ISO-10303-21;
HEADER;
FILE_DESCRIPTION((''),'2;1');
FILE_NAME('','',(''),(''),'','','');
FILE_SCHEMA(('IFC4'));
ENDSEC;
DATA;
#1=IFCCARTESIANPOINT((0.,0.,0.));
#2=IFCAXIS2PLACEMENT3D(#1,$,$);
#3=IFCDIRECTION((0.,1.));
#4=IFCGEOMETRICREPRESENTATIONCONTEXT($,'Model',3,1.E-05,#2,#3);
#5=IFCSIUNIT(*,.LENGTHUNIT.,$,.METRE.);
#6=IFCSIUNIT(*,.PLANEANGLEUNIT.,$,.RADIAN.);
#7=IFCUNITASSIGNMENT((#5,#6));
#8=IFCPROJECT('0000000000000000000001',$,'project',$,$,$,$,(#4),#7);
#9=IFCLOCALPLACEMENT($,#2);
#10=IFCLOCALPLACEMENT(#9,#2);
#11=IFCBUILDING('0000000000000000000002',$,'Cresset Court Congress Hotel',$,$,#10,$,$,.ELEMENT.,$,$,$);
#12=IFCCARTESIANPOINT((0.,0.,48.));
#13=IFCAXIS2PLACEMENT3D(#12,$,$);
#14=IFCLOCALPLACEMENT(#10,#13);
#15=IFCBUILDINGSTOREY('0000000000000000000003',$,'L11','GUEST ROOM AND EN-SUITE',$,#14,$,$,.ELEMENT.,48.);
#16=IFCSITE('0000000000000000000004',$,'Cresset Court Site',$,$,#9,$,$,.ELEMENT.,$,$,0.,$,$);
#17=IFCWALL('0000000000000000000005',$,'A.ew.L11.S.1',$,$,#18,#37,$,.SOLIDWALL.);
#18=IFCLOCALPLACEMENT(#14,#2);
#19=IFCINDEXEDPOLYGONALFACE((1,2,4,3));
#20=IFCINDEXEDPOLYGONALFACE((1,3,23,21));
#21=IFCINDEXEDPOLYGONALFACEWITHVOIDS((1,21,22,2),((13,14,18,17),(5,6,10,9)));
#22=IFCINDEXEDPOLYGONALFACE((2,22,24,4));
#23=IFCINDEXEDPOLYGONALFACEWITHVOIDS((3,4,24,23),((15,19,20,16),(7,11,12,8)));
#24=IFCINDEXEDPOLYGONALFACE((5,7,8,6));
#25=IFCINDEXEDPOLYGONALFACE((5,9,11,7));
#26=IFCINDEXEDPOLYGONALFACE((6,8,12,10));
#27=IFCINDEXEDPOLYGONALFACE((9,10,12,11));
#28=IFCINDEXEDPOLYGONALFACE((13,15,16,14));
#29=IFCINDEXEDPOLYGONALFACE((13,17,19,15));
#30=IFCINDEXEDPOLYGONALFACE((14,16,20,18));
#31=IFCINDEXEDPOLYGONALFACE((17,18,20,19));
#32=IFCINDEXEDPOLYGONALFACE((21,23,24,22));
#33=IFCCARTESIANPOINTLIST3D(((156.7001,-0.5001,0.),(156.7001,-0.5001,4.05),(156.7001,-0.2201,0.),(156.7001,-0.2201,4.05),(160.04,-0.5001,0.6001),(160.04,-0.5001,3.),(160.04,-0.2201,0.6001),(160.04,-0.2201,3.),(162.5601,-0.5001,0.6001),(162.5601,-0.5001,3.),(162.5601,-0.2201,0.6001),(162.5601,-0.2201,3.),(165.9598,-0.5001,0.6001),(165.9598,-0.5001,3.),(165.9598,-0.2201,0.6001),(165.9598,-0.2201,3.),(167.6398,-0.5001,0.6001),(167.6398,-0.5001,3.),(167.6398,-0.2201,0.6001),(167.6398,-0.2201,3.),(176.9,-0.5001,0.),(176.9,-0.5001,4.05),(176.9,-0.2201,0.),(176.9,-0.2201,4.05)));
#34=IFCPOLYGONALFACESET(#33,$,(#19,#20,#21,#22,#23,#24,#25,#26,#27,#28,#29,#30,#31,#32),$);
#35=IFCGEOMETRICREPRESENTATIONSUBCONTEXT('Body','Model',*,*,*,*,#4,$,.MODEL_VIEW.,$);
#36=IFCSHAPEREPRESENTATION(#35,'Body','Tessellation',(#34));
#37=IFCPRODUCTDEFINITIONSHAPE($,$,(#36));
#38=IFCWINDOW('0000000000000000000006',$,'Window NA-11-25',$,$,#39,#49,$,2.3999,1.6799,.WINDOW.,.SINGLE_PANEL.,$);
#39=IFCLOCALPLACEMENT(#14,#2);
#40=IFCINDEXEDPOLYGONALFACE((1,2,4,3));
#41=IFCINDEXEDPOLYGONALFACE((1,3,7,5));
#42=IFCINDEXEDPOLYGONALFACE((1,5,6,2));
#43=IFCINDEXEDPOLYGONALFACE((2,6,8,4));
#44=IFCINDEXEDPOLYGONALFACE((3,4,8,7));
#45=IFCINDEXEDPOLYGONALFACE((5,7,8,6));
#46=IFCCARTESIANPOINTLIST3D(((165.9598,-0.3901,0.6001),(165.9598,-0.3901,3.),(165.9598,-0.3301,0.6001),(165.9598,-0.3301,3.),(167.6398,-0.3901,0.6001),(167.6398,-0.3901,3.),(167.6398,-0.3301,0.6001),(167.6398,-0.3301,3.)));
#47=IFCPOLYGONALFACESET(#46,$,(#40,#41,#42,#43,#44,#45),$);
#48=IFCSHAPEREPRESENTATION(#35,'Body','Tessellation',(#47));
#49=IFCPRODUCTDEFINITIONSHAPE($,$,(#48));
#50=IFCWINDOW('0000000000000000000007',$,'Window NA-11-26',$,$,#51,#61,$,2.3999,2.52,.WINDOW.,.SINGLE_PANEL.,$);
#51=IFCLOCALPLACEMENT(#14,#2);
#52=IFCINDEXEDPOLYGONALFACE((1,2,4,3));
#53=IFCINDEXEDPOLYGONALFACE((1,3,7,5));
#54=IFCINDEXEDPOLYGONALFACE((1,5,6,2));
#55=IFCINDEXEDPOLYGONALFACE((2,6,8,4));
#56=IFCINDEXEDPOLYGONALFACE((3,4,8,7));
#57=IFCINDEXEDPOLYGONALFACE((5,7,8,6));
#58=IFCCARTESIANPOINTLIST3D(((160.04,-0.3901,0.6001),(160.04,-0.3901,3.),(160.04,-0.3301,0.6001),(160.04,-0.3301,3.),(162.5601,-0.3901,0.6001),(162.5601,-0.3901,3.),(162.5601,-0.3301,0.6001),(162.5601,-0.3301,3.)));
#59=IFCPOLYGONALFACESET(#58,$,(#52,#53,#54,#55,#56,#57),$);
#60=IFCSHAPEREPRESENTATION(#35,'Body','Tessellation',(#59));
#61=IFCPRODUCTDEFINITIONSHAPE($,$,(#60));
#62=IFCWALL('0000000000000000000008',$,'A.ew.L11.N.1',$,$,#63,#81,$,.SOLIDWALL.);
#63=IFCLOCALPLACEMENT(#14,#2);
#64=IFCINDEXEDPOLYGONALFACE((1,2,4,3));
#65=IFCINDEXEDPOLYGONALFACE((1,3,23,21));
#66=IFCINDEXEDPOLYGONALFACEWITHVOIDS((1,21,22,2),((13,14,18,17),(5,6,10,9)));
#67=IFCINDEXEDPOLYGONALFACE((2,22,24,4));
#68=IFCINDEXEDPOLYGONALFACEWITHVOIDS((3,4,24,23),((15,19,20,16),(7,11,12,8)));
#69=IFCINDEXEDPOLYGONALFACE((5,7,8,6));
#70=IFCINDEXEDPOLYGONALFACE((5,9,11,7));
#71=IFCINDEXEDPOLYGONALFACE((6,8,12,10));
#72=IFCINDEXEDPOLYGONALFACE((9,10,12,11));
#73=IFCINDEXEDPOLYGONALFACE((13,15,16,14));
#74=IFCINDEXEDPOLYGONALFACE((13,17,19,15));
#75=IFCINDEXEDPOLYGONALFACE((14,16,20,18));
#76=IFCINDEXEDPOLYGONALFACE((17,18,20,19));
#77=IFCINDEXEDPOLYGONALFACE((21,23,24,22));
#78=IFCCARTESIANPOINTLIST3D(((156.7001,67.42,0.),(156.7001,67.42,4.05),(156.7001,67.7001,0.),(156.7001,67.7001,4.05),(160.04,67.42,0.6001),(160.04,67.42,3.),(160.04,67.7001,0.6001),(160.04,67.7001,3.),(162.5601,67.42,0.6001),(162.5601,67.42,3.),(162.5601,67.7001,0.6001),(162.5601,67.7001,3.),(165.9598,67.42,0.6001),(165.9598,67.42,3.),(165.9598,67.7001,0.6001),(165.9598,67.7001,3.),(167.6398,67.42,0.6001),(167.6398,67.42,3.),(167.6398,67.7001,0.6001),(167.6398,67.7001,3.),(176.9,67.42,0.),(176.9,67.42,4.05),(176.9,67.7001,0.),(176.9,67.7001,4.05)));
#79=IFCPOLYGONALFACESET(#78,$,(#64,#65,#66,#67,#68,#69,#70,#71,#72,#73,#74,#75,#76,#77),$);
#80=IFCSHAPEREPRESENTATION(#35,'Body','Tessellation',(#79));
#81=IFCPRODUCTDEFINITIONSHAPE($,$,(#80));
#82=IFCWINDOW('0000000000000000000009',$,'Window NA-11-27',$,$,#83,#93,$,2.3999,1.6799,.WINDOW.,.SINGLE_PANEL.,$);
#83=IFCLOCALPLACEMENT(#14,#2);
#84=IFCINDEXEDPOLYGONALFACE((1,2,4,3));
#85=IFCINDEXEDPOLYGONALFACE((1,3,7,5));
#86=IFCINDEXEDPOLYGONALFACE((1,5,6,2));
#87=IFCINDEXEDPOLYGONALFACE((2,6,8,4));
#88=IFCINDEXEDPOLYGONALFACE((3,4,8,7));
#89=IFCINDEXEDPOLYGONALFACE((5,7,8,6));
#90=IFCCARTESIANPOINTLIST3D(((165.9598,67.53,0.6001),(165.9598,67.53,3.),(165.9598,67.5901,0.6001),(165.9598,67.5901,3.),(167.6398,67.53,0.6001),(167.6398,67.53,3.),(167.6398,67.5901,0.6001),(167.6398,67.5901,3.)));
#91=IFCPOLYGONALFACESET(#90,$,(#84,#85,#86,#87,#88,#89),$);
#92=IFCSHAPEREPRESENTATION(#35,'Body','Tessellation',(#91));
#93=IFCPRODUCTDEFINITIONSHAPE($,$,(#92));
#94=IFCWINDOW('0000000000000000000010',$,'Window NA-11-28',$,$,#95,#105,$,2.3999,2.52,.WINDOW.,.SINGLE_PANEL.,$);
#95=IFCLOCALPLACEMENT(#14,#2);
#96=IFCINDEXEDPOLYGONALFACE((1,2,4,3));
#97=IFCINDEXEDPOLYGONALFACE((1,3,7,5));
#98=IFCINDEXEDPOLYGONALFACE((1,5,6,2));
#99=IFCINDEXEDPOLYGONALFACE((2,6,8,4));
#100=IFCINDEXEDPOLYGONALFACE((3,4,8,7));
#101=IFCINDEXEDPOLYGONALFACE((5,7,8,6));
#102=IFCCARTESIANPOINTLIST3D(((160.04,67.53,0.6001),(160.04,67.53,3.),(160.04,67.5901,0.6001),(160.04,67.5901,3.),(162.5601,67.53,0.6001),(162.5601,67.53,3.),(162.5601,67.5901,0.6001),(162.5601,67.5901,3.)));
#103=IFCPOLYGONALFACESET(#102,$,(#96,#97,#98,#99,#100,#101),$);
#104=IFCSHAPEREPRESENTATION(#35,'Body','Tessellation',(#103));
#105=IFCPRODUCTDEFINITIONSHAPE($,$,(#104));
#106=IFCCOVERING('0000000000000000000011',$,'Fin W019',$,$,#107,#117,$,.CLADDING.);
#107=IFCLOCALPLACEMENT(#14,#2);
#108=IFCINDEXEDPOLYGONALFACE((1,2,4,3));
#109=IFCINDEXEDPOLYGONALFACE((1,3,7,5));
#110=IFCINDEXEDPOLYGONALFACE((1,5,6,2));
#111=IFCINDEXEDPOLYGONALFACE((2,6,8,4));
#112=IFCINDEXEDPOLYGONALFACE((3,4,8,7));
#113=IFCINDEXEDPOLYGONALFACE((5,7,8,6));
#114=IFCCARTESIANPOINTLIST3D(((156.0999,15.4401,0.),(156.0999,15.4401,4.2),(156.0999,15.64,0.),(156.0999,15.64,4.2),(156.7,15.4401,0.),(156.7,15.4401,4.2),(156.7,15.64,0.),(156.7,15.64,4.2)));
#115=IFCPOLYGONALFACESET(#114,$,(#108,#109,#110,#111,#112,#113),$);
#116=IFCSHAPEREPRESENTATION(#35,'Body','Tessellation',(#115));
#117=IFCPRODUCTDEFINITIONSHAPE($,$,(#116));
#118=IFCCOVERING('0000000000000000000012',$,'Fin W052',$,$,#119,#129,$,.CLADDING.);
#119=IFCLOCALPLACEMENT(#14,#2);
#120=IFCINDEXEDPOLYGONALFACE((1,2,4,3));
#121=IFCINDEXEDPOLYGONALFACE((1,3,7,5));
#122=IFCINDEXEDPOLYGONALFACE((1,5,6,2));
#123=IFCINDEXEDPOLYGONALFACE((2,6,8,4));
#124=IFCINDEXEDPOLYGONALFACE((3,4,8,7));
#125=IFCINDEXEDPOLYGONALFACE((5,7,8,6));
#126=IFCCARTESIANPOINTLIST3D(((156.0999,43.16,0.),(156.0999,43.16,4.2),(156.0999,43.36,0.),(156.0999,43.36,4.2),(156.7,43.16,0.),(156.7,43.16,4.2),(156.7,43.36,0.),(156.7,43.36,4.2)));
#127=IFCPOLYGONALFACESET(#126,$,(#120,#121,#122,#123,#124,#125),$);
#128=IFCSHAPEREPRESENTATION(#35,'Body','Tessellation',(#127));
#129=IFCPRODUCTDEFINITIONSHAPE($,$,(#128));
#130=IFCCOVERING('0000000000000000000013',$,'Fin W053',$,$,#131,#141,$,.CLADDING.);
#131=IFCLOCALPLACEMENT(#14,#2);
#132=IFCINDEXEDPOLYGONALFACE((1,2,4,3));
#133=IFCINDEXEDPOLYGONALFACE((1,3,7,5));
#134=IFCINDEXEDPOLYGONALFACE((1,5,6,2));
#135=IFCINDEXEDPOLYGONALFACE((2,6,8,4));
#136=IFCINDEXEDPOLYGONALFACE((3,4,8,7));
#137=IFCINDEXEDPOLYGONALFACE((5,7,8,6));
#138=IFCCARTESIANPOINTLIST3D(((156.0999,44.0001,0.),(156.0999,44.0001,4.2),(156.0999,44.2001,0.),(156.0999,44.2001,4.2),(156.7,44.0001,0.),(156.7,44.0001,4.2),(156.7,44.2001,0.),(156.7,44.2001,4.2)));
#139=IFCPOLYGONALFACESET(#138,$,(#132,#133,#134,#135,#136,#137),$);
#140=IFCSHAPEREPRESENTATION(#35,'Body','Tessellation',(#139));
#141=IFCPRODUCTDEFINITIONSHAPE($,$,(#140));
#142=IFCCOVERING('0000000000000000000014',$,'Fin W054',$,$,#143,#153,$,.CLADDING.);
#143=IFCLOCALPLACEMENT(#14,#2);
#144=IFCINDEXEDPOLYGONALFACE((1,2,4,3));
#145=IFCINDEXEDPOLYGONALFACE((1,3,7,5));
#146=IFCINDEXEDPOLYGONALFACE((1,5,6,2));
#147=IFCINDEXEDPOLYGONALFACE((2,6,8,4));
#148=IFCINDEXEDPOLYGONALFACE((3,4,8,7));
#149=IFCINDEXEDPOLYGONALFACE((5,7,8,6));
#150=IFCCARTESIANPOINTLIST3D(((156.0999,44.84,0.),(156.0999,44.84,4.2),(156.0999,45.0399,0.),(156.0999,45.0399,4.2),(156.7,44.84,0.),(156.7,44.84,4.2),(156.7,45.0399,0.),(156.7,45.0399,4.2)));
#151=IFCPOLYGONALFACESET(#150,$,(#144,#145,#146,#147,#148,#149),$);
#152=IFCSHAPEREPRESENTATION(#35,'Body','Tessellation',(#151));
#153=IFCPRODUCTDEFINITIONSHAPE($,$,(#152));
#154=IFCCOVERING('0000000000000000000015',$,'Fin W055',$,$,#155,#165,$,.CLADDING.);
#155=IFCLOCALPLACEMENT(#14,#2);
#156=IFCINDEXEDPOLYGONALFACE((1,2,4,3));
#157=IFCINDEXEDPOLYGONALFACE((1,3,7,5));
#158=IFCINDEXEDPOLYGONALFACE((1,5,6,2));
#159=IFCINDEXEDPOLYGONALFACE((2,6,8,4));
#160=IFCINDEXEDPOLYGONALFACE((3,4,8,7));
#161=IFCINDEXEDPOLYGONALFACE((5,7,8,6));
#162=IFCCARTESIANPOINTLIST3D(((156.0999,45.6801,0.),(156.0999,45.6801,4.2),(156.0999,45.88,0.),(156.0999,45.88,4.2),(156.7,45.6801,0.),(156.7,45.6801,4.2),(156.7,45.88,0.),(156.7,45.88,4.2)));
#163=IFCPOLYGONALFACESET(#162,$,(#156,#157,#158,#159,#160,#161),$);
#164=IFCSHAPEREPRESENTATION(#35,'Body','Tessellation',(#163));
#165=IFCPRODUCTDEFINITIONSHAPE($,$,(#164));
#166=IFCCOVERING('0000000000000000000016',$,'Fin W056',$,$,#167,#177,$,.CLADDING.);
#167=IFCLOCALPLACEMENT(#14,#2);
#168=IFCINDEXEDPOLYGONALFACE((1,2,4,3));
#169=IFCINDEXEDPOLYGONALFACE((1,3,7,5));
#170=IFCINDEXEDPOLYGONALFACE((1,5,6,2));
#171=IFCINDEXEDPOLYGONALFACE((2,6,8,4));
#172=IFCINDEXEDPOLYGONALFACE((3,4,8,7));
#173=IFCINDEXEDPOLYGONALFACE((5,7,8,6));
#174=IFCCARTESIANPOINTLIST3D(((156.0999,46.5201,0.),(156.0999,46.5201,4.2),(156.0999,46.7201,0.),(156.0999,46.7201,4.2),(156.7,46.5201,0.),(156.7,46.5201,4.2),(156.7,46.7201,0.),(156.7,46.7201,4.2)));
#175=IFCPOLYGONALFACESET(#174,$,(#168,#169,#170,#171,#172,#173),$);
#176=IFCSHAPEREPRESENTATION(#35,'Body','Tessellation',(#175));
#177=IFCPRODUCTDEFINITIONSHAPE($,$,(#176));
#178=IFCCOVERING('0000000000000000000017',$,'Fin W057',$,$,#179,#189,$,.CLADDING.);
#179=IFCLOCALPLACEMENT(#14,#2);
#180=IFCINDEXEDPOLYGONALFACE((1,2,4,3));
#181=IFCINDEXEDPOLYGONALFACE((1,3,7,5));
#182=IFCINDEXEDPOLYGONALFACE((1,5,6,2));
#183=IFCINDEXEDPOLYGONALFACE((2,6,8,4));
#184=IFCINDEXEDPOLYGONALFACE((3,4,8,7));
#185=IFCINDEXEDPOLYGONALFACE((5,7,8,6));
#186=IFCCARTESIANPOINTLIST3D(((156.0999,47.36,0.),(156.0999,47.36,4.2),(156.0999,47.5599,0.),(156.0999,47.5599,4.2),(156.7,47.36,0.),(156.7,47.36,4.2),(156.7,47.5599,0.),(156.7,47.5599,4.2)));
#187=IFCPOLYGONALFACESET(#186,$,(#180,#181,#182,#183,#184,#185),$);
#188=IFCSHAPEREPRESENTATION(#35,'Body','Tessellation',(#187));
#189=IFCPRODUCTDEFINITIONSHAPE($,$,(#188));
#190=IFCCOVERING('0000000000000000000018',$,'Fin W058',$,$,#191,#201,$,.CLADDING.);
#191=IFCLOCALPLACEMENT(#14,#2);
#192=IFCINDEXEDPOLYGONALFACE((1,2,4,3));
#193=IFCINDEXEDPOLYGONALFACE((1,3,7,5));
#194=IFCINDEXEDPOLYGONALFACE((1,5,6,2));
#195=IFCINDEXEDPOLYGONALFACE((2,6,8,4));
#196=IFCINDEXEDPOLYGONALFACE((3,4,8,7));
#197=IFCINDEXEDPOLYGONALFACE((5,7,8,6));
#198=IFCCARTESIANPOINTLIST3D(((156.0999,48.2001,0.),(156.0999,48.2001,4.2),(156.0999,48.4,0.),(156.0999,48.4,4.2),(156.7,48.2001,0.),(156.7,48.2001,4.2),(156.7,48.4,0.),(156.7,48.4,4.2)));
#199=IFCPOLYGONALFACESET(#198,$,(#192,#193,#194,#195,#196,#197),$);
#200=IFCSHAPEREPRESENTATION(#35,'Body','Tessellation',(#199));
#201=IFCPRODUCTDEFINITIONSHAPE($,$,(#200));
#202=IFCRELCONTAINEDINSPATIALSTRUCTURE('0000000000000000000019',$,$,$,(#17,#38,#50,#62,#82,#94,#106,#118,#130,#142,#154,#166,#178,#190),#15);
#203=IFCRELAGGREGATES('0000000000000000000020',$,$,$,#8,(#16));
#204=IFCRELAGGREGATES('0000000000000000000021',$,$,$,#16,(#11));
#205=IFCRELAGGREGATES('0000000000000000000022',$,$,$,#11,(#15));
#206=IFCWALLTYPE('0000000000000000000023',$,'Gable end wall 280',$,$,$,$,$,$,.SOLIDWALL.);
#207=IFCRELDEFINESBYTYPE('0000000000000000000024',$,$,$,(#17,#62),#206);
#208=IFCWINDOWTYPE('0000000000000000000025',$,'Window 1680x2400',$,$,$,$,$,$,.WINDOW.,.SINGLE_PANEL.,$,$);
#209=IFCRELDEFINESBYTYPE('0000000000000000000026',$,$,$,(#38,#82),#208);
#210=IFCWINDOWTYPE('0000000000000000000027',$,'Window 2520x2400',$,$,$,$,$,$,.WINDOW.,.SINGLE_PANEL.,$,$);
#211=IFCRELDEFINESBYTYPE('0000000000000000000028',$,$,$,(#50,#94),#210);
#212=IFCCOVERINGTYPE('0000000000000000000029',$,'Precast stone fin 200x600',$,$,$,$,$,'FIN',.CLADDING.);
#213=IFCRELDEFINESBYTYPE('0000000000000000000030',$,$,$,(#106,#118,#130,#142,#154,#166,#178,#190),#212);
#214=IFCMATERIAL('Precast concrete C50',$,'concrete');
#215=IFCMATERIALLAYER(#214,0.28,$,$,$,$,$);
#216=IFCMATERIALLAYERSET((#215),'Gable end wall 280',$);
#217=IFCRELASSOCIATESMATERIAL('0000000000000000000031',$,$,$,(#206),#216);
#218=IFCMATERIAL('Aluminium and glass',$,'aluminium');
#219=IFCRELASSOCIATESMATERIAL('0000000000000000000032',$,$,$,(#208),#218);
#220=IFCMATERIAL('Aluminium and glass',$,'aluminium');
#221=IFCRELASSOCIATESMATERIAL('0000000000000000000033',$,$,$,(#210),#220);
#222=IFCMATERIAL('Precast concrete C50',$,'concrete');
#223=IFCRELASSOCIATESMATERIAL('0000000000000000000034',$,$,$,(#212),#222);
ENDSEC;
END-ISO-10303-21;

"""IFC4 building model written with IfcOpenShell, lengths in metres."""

from ifc_helpers import new_model, si_unit, direction, frame, frame_2d, origin, origin_2d, place, context, subcontext, project, spatial, rectangle, extrude, material, layer, layer_set, type_object, element, fill, save


model = new_model("IFC4")

# Units and contexts
model_context = context("Model", 3, precision=1e-05, world=origin(), true_north=direction((0.0, 1.0)))
body_context = subcontext(model_context, "Body", "Model", "MODEL_VIEW")
ifc_project = project(units=[si_unit("LENGTHUNIT", "METRE"), si_unit("PLANEANGLEUNIT", "RADIAN")], contexts=[model_context])

# Site, building, storey
site_placement = place(None, origin())
site = spatial("IfcSite", under=ifc_project, at=site_placement, Name="Cresset Court Site", CompositionType="ELEMENT", RefElevation=0.0)
building_placement = place(site_placement, origin())
building = spatial("IfcBuilding", under=site, at=building_placement, Name="Cresset Court Congress Hotel", CompositionType="ELEMENT")
storey_placement = place(building_placement, frame((0.0, 0.0, 48.0)))
storey = spatial("IfcBuildingStorey", under=building, at=storey_placement, Name="L11", Description="GUEST ROOM AND EN-SUITE", CompositionType="ELEMENT", Elevation=48.0)

# Walls, openings, windows
ifc_material_1 = material(Name="Precast concrete C50", Category="concrete")
ifc_layer = layer(ifc_material_1, 0.28)
ifc_layer_set = layer_set([ifc_layer], Name="Gable end wall 280")
wall_type = type_object("IfcWallType", Name="Gable end wall 280", PredefinedType="SOLIDWALL", material=ifc_layer_set)
wall_1_placement = place(storey_placement, frame((156.7, -0.3601, 0.0), z_axis=(0.0, 0.0, 1.0), x_axis=(1.0, 0.0, 0.0)))
wall_1 = element("IfcWall", 1, at=wall_1_placement, inside=storey, type_object=wall_type, Name="A.ew.L11.S.1", PredefinedType="SOLIDWALL", context=body_context, shape_type="SweptSolid", body=[
    extrude(rectangle(XDim=20.2, YDim=0.28, at=frame_2d((10.1001, 0.0))), origin(), (0.0, 0.0, 1.0), 4.05),
])
opening_1_placement = place(wall_1_placement, frame((9.26, 0.0, 0.6001)))
opening_1 = element("IfcOpeningElement", 2, at=opening_1_placement, cuts=wall_1, PredefinedType="OPENING", context=body_context, shape_type="SweptSolid", body=[
    extrude(rectangle(XDim=1.6799, YDim=2.3999, at=frame_2d((0.8398, 1.2))), frame((0.0, 0.1499, 0.0), z_axis=(0.0, -1.0, 0.0), x_axis=(1.0, 0.0, 0.0)), (0.0, 0.0, 1.0), 0.3),
])
opening_2_placement = place(wall_1_placement, frame((3.3401, 0.0, 0.6001)))
opening_2 = element("IfcOpeningElement", 3, at=opening_2_placement, cuts=wall_1, PredefinedType="OPENING", context=body_context, shape_type="SweptSolid", body=[
    extrude(rectangle(XDim=2.52, YDim=2.3999, at=frame_2d((1.26, 1.2))), frame((0.0, 0.1499, 0.0), z_axis=(0.0, -1.0, 0.0), x_axis=(1.0, 0.0, 0.0)), (0.0, 0.0, 1.0), 0.3),
])
ifc_material_2 = material(Name="Aluminium and glass", Category="aluminium")
window_type_1 = type_object("IfcWindowType", Name="Window 1680x2400", PartitioningType="SINGLE_PANEL", PredefinedType="WINDOW", material=ifc_material_2)
window_1_placement = place(opening_1_placement, origin())
window_1 = element("IfcWindow", 4, at=window_1_placement, inside=storey, type_object=window_type_1, Name="Window NA-11-25", OverallHeight=2.3999, OverallWidth=1.6799, PartitioningType="SINGLE_PANEL", PredefinedType="WINDOW", context=body_context, shape_type="SweptSolid", body=[
    extrude(rectangle(XDim=1.6799, YDim=2.3999, at=frame_2d((0.8398, 1.2))), frame((0.0, 0.03, 0.0), z_axis=(0.0, -1.0, 0.0), x_axis=(1.0, 0.0, 0.0)), (0.0, 0.0, 1.0), 0.0601),
])
fill(opening_1, window_1)
ifc_material_3 = material(Name="Aluminium and glass", Category="aluminium")
window_type_2 = type_object("IfcWindowType", Name="Window 2520x2400", PartitioningType="SINGLE_PANEL", PredefinedType="WINDOW", material=ifc_material_3)
window_2_placement = place(opening_2_placement, origin())
window_2 = element("IfcWindow", 5, at=window_2_placement, inside=storey, type_object=window_type_2, Name="Window NA-11-26", OverallHeight=2.3999, OverallWidth=2.52, PartitioningType="SINGLE_PANEL", PredefinedType="WINDOW", context=body_context, shape_type="SweptSolid", body=[
    extrude(rectangle(XDim=2.52, YDim=2.3999, at=frame_2d((1.26, 1.2))), frame((0.0, 0.03, 0.0), z_axis=(0.0, -1.0, 0.0), x_axis=(1.0, 0.0, 0.0)), (0.0, 0.0, 1.0), 0.0601),
])
fill(opening_2, window_2)
wall_2_placement = place(storey_placement, frame((156.7, 67.5601, 0.0), z_axis=(0.0, 0.0, 1.0), x_axis=(1.0, 0.0, 0.0)))
wall_2 = element("IfcWall", 6, at=wall_2_placement, inside=storey, type_object=wall_type, Name="A.ew.L11.N.1", PredefinedType="SOLIDWALL", context=body_context, shape_type="SweptSolid", body=[
    extrude(rectangle(XDim=20.2, YDim=0.28, at=frame_2d((10.1001, 0.0))), origin(), (0.0, 0.0, 1.0), 4.05),
])
opening_3_placement = place(wall_2_placement, frame((9.26, 0.0, 0.6001)))
opening_3 = element("IfcOpeningElement", 7, at=opening_3_placement, cuts=wall_2, PredefinedType="OPENING", context=body_context, shape_type="SweptSolid", body=[
    extrude(rectangle(XDim=1.6799, YDim=2.3999, at=frame_2d((0.8398, 1.2))), frame((0.0, 0.1499, 0.0), z_axis=(0.0, -1.0, 0.0), x_axis=(1.0, 0.0, 0.0)), (0.0, 0.0, 1.0), 0.3),
])
opening_4_placement = place(wall_2_placement, frame((3.3401, 0.0, 0.6001)))
opening_4 = element("IfcOpeningElement", 8, at=opening_4_placement, cuts=wall_2, PredefinedType="OPENING", context=body_context, shape_type="SweptSolid", body=[
    extrude(rectangle(XDim=2.52, YDim=2.3999, at=frame_2d((1.26, 1.2))), frame((0.0, 0.1499, 0.0), z_axis=(0.0, -1.0, 0.0), x_axis=(1.0, 0.0, 0.0)), (0.0, 0.0, 1.0), 0.3),
])
window_3_placement = place(opening_3_placement, origin())
window_3 = element("IfcWindow", 9, at=window_3_placement, inside=storey, type_object=window_type_1, Name="Window NA-11-27", OverallHeight=2.3999, OverallWidth=1.6799, PartitioningType="SINGLE_PANEL", PredefinedType="WINDOW", context=body_context, shape_type="SweptSolid", body=[
    extrude(rectangle(XDim=1.6799, YDim=2.3999, at=frame_2d((0.8398, 1.2))), frame((0.0, 0.03, 0.0), z_axis=(0.0, -1.0, 0.0), x_axis=(1.0, 0.0, 0.0)), (0.0, 0.0, 1.0), 0.0601),
])
fill(opening_3, window_3)
window_4_placement = place(opening_4_placement, origin())
window_4 = element("IfcWindow", 10, at=window_4_placement, inside=storey, type_object=window_type_2, Name="Window NA-11-28", OverallHeight=2.3999, OverallWidth=2.52, PartitioningType="SINGLE_PANEL", PredefinedType="WINDOW", context=body_context, shape_type="SweptSolid", body=[
    extrude(rectangle(XDim=2.52, YDim=2.3999, at=frame_2d((1.26, 1.2))), frame((0.0, 0.03, 0.0), z_axis=(0.0, -1.0, 0.0), x_axis=(1.0, 0.0, 0.0)), (0.0, 0.0, 1.0), 0.0601),
])
fill(opening_4, window_4)

# Coverings
ifc_material_4 = material(Name="Precast concrete C50", Category="concrete")
covering_type = type_object("IfcCoveringType", Name="Precast stone fin 200x600", ElementType="FIN", PredefinedType="CLADDING", material=ifc_material_4)
for number, where, z_axis, x_axis, name in (
    (11, (156.3999, 15.54, 0.0), (0.0, 0.0, 1.0), (1.0, 0.0, 0.0), "Fin W019"),
    (12, (156.3999, 43.26, 0.0), (0.0, 0.0, 1.0), (1.0, 0.0, 0.0), "Fin W052"),
    (13, (156.3999, 44.1001, 0.0), (0.0, 0.0, 1.0), (1.0, 0.0, 0.0), "Fin W053"),
    (14, (156.3999, 44.9399, 0.0), (0.0, 0.0, 1.0), (1.0, 0.0, 0.0), "Fin W054"),
    (15, (156.3999, 45.78, 0.0), (0.0, 0.0, 1.0), (1.0, 0.0, 0.0), "Fin W055"),
    (16, (156.3999, 46.6201, 0.0), (0.0, 0.0, 1.0), (1.0, 0.0, 0.0), "Fin W056"),
    (17, (156.3999, 47.46, 0.0), (0.0, 0.0, 1.0), (1.0, 0.0, 0.0), "Fin W057"),
    (18, (156.3999, 48.3, 0.0), (0.0, 0.0, 1.0), (1.0, 0.0, 0.0), "Fin W058"),
):
    element("IfcCovering", number, at=place(storey_placement, frame(where, z_axis=z_axis, x_axis=x_axis)), inside=storey, type_object=covering_type, Name=name, PredefinedType="CLADDING", context=body_context, shape_type="SweptSolid", body=[
        extrude(rectangle(XDim=0.6001, YDim=0.2, at=origin_2d()), origin(), (0.0, 0.0, 1.0), 4.2),
    ])

save(model, "model.ifc")
